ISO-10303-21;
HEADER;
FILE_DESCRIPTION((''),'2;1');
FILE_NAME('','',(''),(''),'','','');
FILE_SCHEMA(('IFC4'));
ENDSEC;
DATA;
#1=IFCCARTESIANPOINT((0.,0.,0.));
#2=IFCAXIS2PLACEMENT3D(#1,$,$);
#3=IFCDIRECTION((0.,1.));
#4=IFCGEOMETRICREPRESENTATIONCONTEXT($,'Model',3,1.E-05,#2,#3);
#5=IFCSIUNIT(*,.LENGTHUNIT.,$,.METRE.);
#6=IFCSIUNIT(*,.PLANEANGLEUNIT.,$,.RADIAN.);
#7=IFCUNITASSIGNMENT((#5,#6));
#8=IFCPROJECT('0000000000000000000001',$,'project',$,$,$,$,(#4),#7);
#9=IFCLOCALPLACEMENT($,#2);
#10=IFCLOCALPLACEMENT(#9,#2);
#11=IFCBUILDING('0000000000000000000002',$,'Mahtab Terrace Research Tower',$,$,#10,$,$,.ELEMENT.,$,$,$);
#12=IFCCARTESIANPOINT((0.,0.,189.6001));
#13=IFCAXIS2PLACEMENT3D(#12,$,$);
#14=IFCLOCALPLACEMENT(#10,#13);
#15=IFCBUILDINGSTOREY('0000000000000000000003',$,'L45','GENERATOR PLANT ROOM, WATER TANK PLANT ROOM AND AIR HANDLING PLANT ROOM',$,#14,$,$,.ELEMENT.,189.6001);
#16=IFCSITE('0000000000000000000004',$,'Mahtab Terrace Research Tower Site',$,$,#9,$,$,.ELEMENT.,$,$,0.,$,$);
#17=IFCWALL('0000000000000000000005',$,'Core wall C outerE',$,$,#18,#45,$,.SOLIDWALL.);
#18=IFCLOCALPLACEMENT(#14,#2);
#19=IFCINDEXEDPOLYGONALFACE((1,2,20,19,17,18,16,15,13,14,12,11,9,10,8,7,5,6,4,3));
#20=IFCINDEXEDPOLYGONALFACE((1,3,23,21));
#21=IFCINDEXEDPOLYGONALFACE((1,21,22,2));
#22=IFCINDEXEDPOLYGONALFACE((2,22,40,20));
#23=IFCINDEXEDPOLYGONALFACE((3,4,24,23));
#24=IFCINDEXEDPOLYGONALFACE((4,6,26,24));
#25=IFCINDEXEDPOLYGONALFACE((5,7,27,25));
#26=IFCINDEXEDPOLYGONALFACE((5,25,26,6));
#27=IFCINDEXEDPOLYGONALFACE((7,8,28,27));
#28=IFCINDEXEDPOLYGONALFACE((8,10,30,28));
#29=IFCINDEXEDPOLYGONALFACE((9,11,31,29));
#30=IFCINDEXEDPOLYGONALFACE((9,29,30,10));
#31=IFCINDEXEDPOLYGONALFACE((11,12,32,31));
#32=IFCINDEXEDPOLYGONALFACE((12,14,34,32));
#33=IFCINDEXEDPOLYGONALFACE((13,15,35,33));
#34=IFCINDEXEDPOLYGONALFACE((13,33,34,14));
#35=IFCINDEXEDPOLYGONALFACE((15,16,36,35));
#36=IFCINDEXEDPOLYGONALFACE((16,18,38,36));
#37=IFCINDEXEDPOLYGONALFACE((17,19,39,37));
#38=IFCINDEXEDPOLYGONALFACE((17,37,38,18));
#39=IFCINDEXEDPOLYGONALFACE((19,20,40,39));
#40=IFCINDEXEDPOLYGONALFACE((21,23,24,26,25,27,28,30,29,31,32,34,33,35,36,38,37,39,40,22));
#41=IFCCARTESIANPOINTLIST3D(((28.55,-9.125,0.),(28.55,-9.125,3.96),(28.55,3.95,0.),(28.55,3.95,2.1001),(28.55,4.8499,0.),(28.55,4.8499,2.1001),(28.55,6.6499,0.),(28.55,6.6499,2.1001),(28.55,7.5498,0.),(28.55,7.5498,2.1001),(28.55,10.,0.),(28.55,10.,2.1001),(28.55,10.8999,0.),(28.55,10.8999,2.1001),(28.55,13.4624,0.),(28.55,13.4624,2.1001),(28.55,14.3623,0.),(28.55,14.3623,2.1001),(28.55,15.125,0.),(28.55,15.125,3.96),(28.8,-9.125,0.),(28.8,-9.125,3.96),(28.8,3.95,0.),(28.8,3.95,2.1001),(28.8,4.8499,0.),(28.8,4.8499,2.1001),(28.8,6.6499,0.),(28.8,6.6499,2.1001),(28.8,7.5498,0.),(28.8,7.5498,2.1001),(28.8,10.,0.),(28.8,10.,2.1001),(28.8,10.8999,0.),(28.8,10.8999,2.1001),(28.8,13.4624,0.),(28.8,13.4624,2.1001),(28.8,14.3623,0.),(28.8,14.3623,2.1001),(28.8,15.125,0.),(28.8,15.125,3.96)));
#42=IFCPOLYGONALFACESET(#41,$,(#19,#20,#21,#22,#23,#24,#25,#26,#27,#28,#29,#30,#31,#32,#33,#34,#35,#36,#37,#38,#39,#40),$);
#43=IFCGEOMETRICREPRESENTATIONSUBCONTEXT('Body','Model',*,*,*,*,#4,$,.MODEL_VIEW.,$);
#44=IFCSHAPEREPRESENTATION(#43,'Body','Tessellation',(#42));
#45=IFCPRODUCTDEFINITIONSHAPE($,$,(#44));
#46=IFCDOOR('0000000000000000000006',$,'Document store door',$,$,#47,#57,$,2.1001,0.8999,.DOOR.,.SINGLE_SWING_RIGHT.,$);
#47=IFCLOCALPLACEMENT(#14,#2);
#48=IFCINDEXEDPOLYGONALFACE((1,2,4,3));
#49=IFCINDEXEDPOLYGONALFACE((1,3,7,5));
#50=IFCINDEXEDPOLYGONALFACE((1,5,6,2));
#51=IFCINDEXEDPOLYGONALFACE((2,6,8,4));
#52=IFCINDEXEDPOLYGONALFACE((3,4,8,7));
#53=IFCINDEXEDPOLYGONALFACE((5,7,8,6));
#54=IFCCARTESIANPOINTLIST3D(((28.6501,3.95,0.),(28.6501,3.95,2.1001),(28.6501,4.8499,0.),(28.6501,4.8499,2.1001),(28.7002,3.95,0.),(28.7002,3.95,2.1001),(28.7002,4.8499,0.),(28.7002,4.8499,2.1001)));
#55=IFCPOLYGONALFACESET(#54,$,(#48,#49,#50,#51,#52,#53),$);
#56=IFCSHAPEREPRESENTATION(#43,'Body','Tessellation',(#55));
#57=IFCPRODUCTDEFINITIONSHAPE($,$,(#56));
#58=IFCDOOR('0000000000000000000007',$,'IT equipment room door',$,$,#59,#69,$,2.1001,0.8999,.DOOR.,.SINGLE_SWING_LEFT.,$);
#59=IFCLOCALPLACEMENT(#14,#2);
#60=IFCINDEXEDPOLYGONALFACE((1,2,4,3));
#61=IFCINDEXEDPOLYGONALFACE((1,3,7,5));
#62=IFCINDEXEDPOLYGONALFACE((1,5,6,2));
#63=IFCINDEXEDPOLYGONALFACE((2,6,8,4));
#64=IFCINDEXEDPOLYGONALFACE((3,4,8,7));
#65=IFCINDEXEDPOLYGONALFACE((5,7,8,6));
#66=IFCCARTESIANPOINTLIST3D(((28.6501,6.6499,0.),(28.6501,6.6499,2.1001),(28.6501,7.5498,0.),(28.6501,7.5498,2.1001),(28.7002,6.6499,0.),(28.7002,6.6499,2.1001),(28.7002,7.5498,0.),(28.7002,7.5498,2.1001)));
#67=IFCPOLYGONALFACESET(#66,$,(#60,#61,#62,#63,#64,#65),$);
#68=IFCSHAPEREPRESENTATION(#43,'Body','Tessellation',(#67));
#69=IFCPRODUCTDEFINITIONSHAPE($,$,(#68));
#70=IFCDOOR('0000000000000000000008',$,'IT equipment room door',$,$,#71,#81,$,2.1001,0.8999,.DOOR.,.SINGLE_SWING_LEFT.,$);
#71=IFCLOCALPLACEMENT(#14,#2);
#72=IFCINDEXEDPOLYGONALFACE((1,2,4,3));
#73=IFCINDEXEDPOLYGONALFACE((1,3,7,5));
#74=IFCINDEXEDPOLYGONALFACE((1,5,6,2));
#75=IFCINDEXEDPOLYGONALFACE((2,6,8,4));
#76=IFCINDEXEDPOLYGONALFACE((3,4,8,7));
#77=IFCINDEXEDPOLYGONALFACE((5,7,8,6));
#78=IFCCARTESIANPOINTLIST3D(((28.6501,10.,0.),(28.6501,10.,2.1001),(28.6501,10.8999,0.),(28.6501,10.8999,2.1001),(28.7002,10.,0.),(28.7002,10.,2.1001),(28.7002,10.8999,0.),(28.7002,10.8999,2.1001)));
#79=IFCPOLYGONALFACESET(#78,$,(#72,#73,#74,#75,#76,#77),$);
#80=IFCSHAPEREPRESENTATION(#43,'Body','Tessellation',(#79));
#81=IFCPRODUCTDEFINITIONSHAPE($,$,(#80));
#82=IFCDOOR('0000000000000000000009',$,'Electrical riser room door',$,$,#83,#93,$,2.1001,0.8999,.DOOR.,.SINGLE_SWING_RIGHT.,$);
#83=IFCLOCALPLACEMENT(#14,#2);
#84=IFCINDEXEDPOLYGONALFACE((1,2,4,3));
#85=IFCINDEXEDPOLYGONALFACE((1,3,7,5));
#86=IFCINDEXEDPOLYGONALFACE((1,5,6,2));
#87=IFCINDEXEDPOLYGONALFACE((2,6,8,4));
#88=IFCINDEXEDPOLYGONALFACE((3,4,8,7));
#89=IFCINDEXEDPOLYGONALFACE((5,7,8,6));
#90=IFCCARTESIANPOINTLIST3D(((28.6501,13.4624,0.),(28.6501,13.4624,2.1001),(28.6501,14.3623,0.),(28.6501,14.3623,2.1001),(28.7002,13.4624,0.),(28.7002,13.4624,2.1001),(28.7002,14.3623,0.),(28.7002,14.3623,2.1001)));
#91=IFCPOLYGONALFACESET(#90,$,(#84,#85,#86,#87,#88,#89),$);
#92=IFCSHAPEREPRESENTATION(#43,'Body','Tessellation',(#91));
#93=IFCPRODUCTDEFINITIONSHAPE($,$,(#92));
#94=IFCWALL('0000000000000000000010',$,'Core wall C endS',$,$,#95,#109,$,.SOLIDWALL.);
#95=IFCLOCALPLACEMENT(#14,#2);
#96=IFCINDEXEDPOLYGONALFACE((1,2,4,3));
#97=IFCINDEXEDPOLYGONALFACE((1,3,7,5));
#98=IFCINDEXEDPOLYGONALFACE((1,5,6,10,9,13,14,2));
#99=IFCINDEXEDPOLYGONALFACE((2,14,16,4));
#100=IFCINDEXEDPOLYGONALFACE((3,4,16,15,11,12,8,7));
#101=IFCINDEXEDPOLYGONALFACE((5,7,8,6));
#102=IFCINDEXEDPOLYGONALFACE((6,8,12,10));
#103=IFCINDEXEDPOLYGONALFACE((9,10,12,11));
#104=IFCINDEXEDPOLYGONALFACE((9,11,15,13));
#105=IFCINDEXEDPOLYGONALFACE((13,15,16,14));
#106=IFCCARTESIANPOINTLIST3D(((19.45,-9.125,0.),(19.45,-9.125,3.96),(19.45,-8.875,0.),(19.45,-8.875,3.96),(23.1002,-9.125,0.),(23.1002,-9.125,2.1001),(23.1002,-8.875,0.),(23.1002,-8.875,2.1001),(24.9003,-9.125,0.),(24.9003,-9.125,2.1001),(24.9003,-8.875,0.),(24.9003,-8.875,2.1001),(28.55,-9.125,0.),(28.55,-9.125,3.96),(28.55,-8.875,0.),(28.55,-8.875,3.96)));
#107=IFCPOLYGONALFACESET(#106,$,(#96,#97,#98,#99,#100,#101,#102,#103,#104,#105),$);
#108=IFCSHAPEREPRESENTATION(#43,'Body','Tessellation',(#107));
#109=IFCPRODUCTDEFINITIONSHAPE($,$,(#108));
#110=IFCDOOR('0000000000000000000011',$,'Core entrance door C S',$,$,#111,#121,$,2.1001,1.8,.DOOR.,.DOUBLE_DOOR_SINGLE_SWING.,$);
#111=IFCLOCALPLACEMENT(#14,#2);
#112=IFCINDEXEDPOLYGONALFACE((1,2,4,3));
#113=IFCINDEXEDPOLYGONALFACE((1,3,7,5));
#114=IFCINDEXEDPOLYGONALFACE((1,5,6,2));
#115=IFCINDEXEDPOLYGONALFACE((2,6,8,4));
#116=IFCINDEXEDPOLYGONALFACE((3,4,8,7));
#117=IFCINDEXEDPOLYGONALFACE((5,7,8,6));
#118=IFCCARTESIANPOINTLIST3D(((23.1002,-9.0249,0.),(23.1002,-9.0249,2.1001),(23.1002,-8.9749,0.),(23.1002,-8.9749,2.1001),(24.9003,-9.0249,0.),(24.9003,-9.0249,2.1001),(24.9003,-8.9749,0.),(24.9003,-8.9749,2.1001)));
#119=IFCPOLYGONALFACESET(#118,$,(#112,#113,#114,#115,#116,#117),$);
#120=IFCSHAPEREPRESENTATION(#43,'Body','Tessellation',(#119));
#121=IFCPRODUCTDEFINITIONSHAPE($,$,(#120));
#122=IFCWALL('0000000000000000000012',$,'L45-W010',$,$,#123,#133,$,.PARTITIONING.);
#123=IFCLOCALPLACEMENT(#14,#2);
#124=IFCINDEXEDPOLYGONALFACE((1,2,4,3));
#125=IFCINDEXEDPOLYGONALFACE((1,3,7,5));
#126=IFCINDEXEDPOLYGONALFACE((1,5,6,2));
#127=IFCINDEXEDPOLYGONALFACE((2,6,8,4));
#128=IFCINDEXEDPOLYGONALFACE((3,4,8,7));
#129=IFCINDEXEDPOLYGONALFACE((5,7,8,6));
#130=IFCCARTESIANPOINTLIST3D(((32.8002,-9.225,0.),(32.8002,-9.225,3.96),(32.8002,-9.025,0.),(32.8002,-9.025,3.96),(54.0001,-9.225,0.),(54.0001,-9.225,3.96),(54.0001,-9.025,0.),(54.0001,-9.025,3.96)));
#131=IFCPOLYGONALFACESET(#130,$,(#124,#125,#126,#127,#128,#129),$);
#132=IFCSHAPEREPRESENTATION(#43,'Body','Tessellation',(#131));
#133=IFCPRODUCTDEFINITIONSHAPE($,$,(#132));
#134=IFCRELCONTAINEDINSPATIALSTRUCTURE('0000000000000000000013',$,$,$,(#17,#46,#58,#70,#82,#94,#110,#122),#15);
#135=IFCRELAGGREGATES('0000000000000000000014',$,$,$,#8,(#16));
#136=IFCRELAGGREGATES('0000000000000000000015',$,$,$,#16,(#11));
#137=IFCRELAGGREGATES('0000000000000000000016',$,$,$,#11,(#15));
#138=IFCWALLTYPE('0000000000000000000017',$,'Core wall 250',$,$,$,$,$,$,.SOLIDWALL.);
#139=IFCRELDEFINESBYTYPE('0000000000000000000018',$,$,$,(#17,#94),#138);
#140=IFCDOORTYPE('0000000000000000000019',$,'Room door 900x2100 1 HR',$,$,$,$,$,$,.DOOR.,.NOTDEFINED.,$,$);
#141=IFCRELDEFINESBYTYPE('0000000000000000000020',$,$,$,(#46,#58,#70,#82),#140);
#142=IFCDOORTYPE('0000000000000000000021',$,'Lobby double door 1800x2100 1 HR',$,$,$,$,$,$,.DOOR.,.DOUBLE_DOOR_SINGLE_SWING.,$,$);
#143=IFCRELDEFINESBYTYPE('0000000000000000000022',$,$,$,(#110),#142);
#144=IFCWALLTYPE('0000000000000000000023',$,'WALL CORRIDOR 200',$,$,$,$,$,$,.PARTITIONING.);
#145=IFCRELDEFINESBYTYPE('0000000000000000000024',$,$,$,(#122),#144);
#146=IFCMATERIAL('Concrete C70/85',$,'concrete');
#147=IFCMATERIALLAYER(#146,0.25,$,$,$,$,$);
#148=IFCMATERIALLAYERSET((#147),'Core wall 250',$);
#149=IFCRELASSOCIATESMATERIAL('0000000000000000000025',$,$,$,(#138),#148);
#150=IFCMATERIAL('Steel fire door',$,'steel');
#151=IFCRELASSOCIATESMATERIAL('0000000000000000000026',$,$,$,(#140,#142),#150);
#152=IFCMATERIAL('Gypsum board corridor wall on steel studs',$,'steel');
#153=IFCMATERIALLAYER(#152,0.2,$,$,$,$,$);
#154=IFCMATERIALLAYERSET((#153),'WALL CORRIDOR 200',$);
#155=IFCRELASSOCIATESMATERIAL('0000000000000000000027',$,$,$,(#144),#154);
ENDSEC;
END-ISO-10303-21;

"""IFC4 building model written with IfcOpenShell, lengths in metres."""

from ifc_helpers import new_model, si_unit, direction, frame, frame_2d, origin, place, context, subcontext, project, spatial, rectangle, extrude, material, layer, layer_set, type_object, element, fill, save


model = new_model("IFC4")

# Units and contexts
model_context = context("Model", 3, precision=1e-05, world=origin(), true_north=direction((0.0, 1.0)))
body_context = subcontext(model_context, "Body", "Model", "MODEL_VIEW")
ifc_project = project(units=[si_unit("LENGTHUNIT", "METRE"), si_unit("PLANEANGLEUNIT", "RADIAN")], contexts=[model_context])

# Site, building, storey
site_placement = place(None, origin())
site = spatial("IfcSite", under=ifc_project, at=site_placement, Name="Mahtab Terrace Research Tower Site", CompositionType="ELEMENT", RefElevation=0.0)
building_placement = place(site_placement, origin())
building = spatial("IfcBuilding", under=site, at=building_placement, Name="Mahtab Terrace Research Tower", CompositionType="ELEMENT")
storey_placement = place(building_placement, frame((0.0, 0.0, 189.6001)))
storey = spatial("IfcBuildingStorey", under=building, at=storey_placement, Name="L45", Description="GENERATOR PLANT ROOM, WATER TANK PLANT ROOM AND AIR HANDLING PLANT ROOM", CompositionType="ELEMENT", Elevation=189.6001)

# Shared definitions
ifc_material_1 = material(Name="Concrete C70/85", Category="concrete")

# Wall, openings, doors
ifc_layer_1 = layer(ifc_material_1, 0.25)
ifc_layer_set_1 = layer_set([ifc_layer_1], Name="Core wall 250")
wall_type_1 = type_object("IfcWallType", Name="Core wall 250", PredefinedType="SOLIDWALL", material=ifc_layer_set_1)
wall_1_placement = place(storey_placement, frame((28.675, -9.125, 0.0), z_axis=(0.0, 0.0, 1.0), x_axis=(0.0, 1.0, 0.0)))
wall_1 = element("IfcWall", 1, at=wall_1_placement, inside=storey, type_object=wall_type_1, Name="Core wall C outerE", PredefinedType="SOLIDWALL", context=body_context, shape_type="SweptSolid", body=[
    extrude(rectangle(XDim=24.25, YDim=0.25, at=frame_2d((12.125, 0.0))), origin(), (0.0, 0.0, 1.0), 3.96),
])
opening_1_placement = place(wall_1_placement, frame((13.075, 0.0, 0.0)))
opening_1 = element("IfcOpeningElement", 2, at=opening_1_placement, cuts=wall_1, PredefinedType="OPENING", context=body_context, shape_type="SweptSolid", body=[
    extrude(rectangle(XDim=0.8999, YDim=2.1001, at=frame_2d((0.45, 1.05))), frame((0.0, 0.135, 0.0), z_axis=(0.0, -1.0, 0.0), x_axis=(1.0, 0.0, 0.0)), (0.0, 0.0, 1.0), 0.27),
])
opening_2_placement = place(wall_1_placement, frame((15.7749, 0.0, 0.0)))
opening_2 = element("IfcOpeningElement", 3, at=opening_2_placement, cuts=wall_1, PredefinedType="OPENING", context=body_context, shape_type="SweptSolid", body=[
    extrude(rectangle(XDim=0.8999, YDim=2.1001, at=frame_2d((0.45, 1.05))), frame((0.0, 0.135, 0.0), z_axis=(0.0, -1.0, 0.0), x_axis=(1.0, 0.0, 0.0)), (0.0, 0.0, 1.0), 0.27),
])
opening_3_placement = place(wall_1_placement, frame((19.125, 0.0, 0.0)))
opening_3 = element("IfcOpeningElement", 4, at=opening_3_placement, cuts=wall_1, PredefinedType="OPENING", context=body_context, shape_type="SweptSolid", body=[
    extrude(rectangle(XDim=0.8999, YDim=2.1001, at=frame_2d((0.45, 1.05))), frame((0.0, 0.135, 0.0), z_axis=(0.0, -1.0, 0.0), x_axis=(1.0, 0.0, 0.0)), (0.0, 0.0, 1.0), 0.27),
])
opening_4_placement = place(wall_1_placement, frame((22.5874, 0.0, 0.0)))
opening_4 = element("IfcOpeningElement", 5, at=opening_4_placement, cuts=wall_1, PredefinedType="OPENING", context=body_context, shape_type="SweptSolid", body=[
    extrude(rectangle(XDim=0.8999, YDim=2.1001, at=frame_2d((0.45, 1.05))), frame((0.0, 0.135, 0.0), z_axis=(0.0, -1.0, 0.0), x_axis=(1.0, 0.0, 0.0)), (0.0, 0.0, 1.0), 0.27),
])
ifc_material_2 = material(Name="Steel fire door", Category="steel")
door_type_1 = type_object("IfcDoorType", Name="Room door 900x2100 1 HR", OperationType="NOTDEFINED", PredefinedType="DOOR", material=ifc_material_2)
door_1_placement = place(opening_1_placement, origin())
door_1 = element("IfcDoor", 6, at=door_1_placement, inside=storey, type_object=door_type_1, Name="Document store door", OperationType="SINGLE_SWING_RIGHT", OverallHeight=2.1001, OverallWidth=0.8999, PredefinedType="DOOR", context=body_context, shape_type="SweptSolid", body=[
    extrude(rectangle(XDim=0.8999, YDim=2.1001, at=frame_2d((0.45, 1.05))), frame((0.0, 0.0249, 0.0), z_axis=(0.0, -1.0, 0.0), x_axis=(1.0, 0.0, 0.0)), (0.0, 0.0, 1.0), 0.05),
])
fill(opening_1, door_1)
door_2_placement = place(opening_2_placement, origin())
door_2 = element("IfcDoor", 7, at=door_2_placement, inside=storey, type_object=door_type_1, Name="IT equipment room door", OperationType="SINGLE_SWING_LEFT", OverallHeight=2.1001, OverallWidth=0.8999, PredefinedType="DOOR", context=body_context, shape_type="SweptSolid", body=[
    extrude(rectangle(XDim=0.8999, YDim=2.1001, at=frame_2d((0.45, 1.05))), frame((0.0, 0.0249, 0.0), z_axis=(0.0, -1.0, 0.0), x_axis=(1.0, 0.0, 0.0)), (0.0, 0.0, 1.0), 0.05),
])
fill(opening_2, door_2)
door_3_placement = place(opening_3_placement, origin())
door_3 = element("IfcDoor", 8, at=door_3_placement, inside=storey, type_object=door_type_1, Name="IT equipment room door", OperationType="SINGLE_SWING_LEFT", OverallHeight=2.1001, OverallWidth=0.8999, PredefinedType="DOOR", context=body_context, shape_type="SweptSolid", body=[
    extrude(rectangle(XDim=0.8999, YDim=2.1001, at=frame_2d((0.45, 1.05))), frame((0.0, 0.0249, 0.0), z_axis=(0.0, -1.0, 0.0), x_axis=(1.0, 0.0, 0.0)), (0.0, 0.0, 1.0), 0.05),
])
fill(opening_3, door_3)
door_4_placement = place(opening_4_placement, origin())
door_4 = element("IfcDoor", 9, at=door_4_placement, inside=storey, type_object=door_type_1, Name="Electrical riser room door", OperationType="SINGLE_SWING_RIGHT", OverallHeight=2.1001, OverallWidth=0.8999, PredefinedType="DOOR", context=body_context, shape_type="SweptSolid", body=[
    extrude(rectangle(XDim=0.8999, YDim=2.1001, at=frame_2d((0.45, 1.05))), frame((0.0, 0.0249, 0.0), z_axis=(0.0, -1.0, 0.0), x_axis=(1.0, 0.0, 0.0)), (0.0, 0.0, 1.0), 0.05),
])
fill(opening_4, door_4)

# Wall, opening, door
wall_2_placement = place(storey_placement, frame((28.55, -9.0, 0.0), z_axis=(0.0, 0.0, 1.0), x_axis=(-1.0, 0.0, 0.0)))
wall_2 = element("IfcWall", 10, at=wall_2_placement, inside=storey, type_object=wall_type_1, Name="Core wall C endS", PredefinedType="SOLIDWALL", context=body_context, shape_type="SweptSolid", body=[
    extrude(rectangle(XDim=9.1001, YDim=0.25, at=frame_2d((4.55, 0.0))), origin(), (0.0, 0.0, 1.0), 3.96),
])
opening_5_placement = place(wall_2_placement, frame((3.6499, 0.0, 0.0)))
opening_5 = element("IfcOpeningElement", 11, at=opening_5_placement, cuts=wall_2, PredefinedType="OPENING", context=body_context, shape_type="SweptSolid", body=[
    extrude(rectangle(XDim=1.8, YDim=2.1001, at=frame_2d((0.8999, 1.05))), frame((0.0, 0.135, 0.0), z_axis=(0.0, -1.0, 0.0), x_axis=(1.0, 0.0, 0.0)), (0.0, 0.0, 1.0), 0.27),
])
door_type_2 = type_object("IfcDoorType", Name="Lobby double door 1800x2100 1 HR", OperationType="DOUBLE_DOOR_SINGLE_SWING", PredefinedType="DOOR", material=ifc_material_2)
door_5_placement = place(opening_5_placement, origin())
door_5 = element("IfcDoor", 12, at=door_5_placement, inside=storey, type_object=door_type_2, Name="Core entrance door C S", OperationType="DOUBLE_DOOR_SINGLE_SWING", OverallHeight=2.1001, OverallWidth=1.8, PredefinedType="DOOR", context=body_context, shape_type="SweptSolid", body=[
    extrude(rectangle(XDim=1.8, YDim=2.1001, at=frame_2d((0.8999, 1.05))), frame((0.0, 0.0249, 0.0), z_axis=(0.0, -1.0, 0.0), x_axis=(1.0, 0.0, 0.0)), (0.0, 0.0, 1.0), 0.05),
])
fill(opening_5, door_5)

# Wall
ifc_material_3 = material(Name="Gypsum board corridor wall on steel studs", Category="steel")
ifc_layer_2 = layer(ifc_material_3, 0.2)
ifc_layer_set_2 = layer_set([ifc_layer_2], Name="WALL CORRIDOR 200")
wall_type_2 = type_object("IfcWallType", Name="WALL CORRIDOR 200", PredefinedType="PARTITIONING", material=ifc_layer_set_2)
wall_3_placement = place(storey_placement, frame((32.8, -9.125, 0.0), z_axis=(0.0, 0.0, 1.0), x_axis=(1.0, 0.0, 0.0)))
element("IfcWall", 13, at=wall_3_placement, inside=storey, type_object=wall_type_2, Name="L45-W010", PredefinedType="PARTITIONING", context=body_context, shape_type="SweptSolid", body=[
    extrude(rectangle(XDim=21.2, YDim=0.2, at=frame_2d((10.6001, 0.0))), origin(), (0.0, 0.0, 1.0), 3.96),
])

save(model, "model.ifc")
